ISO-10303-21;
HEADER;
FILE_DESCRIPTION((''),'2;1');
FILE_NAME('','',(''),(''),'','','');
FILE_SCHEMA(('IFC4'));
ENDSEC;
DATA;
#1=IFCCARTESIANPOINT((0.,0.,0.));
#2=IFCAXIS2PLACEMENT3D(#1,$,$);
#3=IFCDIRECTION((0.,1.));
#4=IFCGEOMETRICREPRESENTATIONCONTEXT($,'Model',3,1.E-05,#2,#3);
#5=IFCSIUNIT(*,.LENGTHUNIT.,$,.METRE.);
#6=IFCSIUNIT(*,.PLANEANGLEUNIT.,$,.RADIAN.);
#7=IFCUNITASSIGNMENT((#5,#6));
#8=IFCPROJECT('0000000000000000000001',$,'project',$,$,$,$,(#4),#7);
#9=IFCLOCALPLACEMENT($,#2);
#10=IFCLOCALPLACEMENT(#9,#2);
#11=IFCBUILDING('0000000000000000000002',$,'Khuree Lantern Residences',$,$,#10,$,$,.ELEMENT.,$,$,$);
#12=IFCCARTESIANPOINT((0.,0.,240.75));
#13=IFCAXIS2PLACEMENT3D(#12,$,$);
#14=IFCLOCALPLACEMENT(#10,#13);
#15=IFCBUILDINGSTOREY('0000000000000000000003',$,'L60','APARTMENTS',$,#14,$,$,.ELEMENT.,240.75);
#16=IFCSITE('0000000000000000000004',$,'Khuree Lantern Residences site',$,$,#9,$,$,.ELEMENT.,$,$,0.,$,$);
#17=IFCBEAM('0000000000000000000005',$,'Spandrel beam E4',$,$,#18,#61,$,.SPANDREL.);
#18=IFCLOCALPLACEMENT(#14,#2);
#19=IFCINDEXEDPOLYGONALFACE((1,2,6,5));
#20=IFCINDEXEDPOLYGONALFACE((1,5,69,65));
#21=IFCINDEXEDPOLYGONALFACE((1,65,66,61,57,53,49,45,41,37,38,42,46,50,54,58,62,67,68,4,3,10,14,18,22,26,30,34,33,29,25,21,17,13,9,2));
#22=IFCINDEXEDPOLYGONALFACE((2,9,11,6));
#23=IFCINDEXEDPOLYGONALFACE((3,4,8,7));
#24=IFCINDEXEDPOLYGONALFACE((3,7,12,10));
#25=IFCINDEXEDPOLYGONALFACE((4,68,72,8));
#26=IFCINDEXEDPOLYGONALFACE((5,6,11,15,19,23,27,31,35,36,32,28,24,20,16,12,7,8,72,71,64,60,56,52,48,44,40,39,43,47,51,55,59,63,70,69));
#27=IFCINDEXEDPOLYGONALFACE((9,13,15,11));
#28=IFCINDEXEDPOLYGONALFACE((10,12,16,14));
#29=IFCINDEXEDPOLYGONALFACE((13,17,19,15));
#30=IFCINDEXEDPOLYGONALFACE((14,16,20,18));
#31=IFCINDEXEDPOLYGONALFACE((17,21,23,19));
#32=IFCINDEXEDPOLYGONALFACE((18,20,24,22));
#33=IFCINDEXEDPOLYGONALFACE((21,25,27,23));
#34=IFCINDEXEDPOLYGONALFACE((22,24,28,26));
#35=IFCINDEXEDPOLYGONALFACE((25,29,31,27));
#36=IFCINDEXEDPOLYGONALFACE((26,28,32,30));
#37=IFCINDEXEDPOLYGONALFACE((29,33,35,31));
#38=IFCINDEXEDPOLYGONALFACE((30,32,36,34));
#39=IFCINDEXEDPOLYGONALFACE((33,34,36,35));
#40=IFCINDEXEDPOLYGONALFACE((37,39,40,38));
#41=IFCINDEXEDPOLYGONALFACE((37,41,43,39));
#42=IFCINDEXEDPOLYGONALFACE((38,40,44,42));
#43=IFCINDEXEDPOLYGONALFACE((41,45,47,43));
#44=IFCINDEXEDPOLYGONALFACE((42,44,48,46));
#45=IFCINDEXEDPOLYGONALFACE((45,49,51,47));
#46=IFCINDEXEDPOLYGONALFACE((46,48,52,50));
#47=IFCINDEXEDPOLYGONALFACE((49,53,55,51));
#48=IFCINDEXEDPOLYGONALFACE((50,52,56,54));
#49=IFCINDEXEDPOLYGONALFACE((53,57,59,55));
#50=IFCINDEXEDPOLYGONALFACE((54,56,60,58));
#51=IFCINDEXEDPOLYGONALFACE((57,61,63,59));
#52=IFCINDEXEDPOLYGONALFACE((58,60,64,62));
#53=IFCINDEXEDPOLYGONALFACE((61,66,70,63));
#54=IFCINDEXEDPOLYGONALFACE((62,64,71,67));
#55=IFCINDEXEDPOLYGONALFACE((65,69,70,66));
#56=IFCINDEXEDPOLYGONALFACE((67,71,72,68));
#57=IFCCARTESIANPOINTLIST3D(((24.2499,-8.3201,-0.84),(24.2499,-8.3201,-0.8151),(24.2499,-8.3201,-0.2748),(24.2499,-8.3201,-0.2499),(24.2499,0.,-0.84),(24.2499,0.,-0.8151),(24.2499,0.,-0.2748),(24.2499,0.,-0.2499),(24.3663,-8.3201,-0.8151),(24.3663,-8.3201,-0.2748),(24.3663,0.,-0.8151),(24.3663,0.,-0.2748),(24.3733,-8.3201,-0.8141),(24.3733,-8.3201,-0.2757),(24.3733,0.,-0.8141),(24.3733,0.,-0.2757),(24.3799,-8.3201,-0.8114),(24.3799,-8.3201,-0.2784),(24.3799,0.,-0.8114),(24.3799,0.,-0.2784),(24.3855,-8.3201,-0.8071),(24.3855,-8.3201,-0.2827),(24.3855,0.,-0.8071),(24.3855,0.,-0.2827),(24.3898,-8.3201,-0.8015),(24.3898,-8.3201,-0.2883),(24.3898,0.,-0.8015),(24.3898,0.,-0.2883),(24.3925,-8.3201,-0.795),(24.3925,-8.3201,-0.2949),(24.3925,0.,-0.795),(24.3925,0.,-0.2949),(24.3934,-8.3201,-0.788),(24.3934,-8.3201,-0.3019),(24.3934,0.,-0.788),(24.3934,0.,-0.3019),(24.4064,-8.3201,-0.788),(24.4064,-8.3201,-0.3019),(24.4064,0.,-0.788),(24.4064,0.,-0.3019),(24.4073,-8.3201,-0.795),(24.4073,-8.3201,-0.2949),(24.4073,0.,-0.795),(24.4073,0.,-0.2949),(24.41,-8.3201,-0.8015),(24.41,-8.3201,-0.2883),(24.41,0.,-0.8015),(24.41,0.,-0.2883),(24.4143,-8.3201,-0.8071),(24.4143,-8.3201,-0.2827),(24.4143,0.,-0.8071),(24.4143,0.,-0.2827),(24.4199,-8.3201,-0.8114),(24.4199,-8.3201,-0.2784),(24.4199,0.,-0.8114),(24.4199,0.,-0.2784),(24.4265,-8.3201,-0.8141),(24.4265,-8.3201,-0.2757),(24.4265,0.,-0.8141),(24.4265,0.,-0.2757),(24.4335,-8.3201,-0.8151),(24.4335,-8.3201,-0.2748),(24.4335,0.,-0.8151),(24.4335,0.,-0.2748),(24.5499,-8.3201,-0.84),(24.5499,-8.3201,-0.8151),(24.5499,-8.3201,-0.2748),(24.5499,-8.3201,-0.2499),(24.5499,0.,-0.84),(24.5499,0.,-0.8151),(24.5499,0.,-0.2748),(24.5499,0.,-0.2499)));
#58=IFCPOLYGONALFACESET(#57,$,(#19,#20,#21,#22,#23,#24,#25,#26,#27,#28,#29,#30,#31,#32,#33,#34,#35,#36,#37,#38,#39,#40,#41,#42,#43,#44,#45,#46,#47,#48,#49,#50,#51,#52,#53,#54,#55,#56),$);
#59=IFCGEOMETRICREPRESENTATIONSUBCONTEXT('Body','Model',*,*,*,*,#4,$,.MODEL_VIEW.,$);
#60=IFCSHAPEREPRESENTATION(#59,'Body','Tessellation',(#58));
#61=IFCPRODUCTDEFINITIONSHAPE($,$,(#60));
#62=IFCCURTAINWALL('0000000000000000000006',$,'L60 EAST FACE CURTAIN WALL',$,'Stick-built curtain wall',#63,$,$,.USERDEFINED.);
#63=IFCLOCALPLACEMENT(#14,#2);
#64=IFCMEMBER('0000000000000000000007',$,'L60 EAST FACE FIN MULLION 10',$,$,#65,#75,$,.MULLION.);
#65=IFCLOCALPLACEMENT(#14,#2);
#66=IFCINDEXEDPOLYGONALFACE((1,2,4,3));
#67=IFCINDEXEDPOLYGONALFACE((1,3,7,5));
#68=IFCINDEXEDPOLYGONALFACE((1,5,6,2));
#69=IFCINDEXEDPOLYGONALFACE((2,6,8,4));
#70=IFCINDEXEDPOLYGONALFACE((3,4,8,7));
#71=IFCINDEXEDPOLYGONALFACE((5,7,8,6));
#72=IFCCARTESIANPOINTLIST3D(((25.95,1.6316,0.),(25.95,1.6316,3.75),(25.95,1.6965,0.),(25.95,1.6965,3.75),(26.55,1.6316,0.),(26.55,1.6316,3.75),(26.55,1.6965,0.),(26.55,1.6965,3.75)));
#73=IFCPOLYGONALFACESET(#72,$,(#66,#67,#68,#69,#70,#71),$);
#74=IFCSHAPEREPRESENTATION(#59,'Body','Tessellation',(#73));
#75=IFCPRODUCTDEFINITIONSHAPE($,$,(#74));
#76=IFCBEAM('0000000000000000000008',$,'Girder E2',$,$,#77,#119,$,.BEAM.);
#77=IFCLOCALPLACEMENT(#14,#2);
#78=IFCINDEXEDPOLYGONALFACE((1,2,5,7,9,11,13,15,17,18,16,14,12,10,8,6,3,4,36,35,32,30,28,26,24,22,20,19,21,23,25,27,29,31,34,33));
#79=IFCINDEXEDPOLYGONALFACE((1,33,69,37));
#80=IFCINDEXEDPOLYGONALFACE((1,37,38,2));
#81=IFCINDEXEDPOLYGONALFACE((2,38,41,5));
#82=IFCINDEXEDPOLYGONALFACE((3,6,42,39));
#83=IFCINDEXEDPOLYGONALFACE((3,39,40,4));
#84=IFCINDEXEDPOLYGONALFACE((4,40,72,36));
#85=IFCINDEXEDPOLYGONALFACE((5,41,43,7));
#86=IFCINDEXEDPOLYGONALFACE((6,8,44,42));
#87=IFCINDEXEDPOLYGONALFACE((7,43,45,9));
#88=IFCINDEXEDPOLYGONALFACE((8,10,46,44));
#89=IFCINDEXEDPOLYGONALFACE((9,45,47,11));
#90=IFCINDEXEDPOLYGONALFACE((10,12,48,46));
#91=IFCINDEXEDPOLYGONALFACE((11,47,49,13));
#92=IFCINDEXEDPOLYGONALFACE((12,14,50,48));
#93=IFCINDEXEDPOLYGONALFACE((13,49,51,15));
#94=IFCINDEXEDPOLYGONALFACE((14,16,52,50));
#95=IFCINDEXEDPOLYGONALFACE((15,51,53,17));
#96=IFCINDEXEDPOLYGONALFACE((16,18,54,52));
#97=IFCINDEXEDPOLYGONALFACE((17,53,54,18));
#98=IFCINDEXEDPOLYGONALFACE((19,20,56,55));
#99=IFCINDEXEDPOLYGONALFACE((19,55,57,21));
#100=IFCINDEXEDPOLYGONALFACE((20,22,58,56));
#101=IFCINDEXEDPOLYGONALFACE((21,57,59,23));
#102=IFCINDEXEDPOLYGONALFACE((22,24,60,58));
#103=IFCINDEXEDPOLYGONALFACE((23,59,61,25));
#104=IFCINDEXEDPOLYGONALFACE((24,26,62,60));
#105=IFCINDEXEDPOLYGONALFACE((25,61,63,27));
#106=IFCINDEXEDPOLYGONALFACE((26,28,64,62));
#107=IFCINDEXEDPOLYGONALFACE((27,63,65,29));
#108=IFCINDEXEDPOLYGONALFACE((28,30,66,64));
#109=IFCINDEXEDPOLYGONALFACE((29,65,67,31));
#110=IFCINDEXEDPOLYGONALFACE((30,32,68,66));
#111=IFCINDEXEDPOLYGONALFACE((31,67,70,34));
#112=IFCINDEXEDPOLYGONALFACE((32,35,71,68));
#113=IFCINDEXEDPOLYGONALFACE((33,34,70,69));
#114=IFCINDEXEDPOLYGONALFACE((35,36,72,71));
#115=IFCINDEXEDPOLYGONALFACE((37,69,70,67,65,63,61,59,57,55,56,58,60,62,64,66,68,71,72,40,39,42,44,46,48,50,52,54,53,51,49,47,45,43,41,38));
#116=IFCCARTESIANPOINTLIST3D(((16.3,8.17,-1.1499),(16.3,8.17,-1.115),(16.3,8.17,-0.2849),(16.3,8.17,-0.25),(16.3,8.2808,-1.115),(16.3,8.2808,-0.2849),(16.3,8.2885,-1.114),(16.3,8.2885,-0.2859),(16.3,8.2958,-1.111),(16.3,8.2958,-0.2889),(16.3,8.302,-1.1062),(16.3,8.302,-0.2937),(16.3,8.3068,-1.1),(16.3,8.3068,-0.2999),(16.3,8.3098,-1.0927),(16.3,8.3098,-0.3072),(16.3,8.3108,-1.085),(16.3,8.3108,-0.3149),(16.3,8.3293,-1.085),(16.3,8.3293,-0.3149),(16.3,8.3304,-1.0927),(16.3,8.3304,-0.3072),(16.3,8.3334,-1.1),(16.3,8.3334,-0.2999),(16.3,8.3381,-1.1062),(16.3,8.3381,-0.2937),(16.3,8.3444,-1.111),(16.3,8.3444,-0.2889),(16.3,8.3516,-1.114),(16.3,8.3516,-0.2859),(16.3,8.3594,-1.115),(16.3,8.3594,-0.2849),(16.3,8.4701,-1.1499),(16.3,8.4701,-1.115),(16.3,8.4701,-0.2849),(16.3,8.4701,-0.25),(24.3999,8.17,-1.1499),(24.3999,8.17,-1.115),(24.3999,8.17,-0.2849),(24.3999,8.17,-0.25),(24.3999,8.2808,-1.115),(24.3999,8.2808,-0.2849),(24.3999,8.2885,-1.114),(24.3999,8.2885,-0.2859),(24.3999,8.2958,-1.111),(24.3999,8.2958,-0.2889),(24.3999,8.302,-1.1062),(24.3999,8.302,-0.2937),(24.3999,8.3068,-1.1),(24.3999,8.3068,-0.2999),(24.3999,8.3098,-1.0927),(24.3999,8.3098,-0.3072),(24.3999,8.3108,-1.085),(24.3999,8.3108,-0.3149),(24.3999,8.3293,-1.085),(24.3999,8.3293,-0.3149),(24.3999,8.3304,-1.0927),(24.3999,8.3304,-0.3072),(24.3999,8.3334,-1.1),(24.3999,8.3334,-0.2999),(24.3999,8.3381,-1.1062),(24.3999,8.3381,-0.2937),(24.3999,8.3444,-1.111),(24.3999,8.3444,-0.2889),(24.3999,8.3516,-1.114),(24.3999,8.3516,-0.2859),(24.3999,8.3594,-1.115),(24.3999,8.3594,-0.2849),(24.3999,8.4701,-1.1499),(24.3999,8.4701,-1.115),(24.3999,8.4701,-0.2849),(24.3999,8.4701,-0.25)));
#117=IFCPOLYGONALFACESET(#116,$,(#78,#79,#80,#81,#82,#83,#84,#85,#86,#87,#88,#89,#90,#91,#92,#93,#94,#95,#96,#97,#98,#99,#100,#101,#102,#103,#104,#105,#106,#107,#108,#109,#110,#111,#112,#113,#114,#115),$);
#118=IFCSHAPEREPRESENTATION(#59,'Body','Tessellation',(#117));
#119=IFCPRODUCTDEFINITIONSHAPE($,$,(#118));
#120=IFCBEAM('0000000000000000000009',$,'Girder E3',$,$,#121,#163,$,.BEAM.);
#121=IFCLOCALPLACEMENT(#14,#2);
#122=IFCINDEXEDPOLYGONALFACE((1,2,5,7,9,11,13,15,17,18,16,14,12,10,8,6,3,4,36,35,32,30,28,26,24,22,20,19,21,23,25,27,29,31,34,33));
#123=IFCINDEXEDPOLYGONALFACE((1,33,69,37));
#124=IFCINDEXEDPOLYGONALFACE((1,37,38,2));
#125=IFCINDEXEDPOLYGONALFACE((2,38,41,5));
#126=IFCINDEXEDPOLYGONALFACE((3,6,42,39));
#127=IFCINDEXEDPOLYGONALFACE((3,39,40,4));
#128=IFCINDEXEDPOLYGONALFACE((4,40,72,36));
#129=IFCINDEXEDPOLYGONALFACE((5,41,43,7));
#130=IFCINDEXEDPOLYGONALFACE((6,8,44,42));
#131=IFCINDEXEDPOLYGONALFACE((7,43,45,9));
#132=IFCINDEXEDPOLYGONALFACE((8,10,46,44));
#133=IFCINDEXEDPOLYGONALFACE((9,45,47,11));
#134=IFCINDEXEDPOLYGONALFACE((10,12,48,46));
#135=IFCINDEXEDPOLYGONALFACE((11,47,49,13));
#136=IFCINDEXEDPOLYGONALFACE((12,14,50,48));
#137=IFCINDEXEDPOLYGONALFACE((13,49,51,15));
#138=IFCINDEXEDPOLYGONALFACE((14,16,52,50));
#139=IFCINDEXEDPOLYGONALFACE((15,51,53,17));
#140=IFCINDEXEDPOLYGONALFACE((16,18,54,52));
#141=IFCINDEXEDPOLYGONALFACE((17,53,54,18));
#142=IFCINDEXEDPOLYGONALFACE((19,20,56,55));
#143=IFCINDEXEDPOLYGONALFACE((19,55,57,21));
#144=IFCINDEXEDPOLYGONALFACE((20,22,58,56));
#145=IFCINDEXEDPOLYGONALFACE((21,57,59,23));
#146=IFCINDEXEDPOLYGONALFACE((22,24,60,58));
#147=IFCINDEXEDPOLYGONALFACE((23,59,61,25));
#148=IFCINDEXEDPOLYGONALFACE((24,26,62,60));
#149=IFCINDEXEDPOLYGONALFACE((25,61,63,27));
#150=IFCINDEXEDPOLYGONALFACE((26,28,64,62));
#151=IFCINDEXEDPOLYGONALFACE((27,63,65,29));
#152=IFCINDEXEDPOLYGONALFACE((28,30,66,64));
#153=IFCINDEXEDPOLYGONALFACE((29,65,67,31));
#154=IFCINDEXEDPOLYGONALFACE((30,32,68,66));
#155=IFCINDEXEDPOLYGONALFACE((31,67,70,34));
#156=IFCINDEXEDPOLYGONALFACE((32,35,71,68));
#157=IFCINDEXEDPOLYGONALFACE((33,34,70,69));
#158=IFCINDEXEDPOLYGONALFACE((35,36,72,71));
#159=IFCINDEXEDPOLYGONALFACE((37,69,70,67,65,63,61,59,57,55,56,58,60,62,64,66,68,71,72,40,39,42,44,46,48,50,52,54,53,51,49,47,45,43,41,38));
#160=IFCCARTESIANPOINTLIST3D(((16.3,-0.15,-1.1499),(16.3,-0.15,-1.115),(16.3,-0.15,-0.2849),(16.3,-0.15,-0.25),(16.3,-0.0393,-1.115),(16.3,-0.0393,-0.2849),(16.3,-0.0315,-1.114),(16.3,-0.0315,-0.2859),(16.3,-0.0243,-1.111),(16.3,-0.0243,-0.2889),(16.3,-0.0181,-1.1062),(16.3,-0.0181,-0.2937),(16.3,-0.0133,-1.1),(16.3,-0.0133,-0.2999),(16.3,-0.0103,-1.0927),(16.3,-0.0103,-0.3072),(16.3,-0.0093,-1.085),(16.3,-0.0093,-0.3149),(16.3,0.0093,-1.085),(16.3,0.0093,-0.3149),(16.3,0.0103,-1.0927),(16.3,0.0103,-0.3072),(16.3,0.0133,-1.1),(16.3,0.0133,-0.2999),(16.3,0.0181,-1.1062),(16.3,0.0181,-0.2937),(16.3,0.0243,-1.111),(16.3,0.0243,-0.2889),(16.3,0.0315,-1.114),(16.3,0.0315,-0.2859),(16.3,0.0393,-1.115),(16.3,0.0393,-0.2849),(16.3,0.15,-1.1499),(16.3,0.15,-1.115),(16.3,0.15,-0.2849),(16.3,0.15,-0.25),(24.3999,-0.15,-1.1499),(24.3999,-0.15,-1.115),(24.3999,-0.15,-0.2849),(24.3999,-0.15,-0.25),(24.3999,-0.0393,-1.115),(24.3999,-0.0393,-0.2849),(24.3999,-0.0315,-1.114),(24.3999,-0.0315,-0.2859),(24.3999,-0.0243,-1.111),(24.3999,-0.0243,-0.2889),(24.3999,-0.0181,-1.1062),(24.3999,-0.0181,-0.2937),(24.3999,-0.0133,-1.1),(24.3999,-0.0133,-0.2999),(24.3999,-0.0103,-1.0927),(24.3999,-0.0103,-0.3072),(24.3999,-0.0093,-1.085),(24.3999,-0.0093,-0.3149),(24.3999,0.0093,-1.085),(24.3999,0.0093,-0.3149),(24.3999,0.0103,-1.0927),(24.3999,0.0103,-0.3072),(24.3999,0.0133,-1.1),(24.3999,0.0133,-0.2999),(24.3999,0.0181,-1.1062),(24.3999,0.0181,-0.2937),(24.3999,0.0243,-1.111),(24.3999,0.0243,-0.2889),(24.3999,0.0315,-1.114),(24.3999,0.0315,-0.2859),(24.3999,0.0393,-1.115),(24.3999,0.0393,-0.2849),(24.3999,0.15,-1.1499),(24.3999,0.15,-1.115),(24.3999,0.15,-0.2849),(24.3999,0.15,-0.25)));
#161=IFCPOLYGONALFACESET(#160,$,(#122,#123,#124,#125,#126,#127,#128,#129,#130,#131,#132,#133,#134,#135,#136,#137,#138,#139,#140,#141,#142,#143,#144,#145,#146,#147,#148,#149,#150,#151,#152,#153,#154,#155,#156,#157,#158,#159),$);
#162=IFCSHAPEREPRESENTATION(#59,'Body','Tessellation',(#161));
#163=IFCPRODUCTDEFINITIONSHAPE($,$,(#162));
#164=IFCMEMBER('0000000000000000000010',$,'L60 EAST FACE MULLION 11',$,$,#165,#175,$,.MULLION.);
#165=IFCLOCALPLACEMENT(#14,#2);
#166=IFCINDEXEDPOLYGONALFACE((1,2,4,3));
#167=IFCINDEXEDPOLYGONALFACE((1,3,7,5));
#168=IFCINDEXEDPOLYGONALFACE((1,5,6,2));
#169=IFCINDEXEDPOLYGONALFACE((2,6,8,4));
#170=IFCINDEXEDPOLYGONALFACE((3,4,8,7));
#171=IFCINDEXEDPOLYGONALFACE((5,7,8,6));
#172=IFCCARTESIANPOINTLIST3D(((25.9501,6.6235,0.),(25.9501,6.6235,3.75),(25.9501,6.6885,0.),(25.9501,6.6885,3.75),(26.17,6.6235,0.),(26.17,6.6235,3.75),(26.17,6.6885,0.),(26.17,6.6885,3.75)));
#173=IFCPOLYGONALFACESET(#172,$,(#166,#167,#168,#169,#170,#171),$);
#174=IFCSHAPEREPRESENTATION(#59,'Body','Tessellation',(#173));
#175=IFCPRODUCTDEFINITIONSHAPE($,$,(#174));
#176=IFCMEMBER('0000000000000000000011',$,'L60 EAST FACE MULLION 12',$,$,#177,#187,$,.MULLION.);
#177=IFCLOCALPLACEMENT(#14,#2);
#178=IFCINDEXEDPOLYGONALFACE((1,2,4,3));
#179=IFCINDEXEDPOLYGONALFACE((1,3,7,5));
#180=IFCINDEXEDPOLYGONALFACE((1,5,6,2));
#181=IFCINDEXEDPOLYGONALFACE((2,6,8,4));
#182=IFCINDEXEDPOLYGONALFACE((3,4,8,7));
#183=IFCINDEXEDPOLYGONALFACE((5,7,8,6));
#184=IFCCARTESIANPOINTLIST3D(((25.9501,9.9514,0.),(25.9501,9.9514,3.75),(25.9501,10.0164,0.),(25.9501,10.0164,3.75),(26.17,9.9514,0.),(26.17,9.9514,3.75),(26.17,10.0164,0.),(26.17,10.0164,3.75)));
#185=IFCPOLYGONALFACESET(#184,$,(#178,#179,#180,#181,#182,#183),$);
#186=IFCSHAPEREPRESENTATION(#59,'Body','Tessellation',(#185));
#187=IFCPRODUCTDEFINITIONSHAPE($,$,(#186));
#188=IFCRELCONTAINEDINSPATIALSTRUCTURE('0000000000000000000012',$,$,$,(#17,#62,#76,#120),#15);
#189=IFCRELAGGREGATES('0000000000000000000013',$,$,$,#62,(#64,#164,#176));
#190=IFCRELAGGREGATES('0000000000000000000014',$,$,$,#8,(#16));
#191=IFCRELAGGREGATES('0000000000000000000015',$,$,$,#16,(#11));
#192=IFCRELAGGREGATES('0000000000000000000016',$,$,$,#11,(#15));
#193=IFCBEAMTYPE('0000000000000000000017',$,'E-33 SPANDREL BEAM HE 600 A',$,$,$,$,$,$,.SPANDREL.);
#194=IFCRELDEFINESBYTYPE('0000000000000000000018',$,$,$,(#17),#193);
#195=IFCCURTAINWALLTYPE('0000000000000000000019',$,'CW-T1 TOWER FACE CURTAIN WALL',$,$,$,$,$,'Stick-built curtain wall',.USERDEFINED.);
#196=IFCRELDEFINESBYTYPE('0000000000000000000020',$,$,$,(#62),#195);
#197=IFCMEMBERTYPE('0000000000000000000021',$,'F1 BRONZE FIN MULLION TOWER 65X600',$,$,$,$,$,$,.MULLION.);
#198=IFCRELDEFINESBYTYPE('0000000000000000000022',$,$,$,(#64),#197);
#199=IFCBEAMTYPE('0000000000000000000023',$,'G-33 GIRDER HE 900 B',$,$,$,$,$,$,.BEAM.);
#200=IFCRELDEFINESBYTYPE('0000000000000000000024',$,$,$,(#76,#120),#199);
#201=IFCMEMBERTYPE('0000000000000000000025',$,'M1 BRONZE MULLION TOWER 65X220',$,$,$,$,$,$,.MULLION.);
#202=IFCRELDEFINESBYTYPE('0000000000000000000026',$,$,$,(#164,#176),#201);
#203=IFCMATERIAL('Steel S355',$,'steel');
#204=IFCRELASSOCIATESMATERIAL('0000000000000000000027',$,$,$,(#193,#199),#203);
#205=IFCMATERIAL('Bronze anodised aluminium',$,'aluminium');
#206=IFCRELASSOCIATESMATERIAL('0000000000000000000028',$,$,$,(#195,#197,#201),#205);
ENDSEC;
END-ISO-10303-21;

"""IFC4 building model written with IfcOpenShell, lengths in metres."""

from ifc_helpers import new_model, si_unit, direction, frame, origin, origin_2d, place, context, subcontext, project, spatial, rectangle, i_section, extrude, material, material_profile, profile_set, type_object, element, aggregate, save


model = new_model("IFC4")

# Units and contexts
model_context = context("Model", 3, precision=1e-05, world=origin(), true_north=direction((0.0, 1.0)))
body_context = subcontext(model_context, "Body", "Model", "MODEL_VIEW")
ifc_project = project(units=[si_unit("LENGTHUNIT", "METRE"), si_unit("PLANEANGLEUNIT", "RADIAN")], contexts=[model_context])

# Site, building, storey
site_placement = place(None, origin())
site = spatial("IfcSite", under=ifc_project, at=site_placement, Name="Khuree Lantern Residences site", CompositionType="ELEMENT", RefElevation=0.0)
building_placement = place(site_placement, origin())
building = spatial("IfcBuilding", under=site, at=building_placement, Name="Khuree Lantern Residences", CompositionType="ELEMENT")
storey_placement = place(building_placement, frame((0.0, 0.0, 240.75)))
storey = spatial("IfcBuildingStorey", under=building, at=storey_placement, Name="L60", Description="APARTMENTS", CompositionType="ELEMENT", Elevation=240.75)

# Beam
ifc_material_1 = material(Name="Steel S355", Category="steel")
ifc_material_profile_1 = material_profile(ifc_material_1, i_section(OverallWidth=0.3, OverallDepth=0.5901, WebThickness=0.0129, FlangeThickness=0.0249, FilletRadius=0.0271, at=origin_2d()), Name="HE 600 A")
ifc_profile_set_1 = profile_set([ifc_material_profile_1], Name="Steel S355")
beam_type_1 = type_object("IfcBeamType", Name="E-33 SPANDREL BEAM HE 600 A", PredefinedType="SPANDREL", material=ifc_profile_set_1)
for number, where, z_axis, x_axis, name in (
    (1, (24.3999, 0.0, -0.5449), (0.0, -1.0, 0.0), (1.0, 0.0, 0.0), "Spandrel beam E4"),
):
    element("IfcBeam", number, at=place(storey_placement, frame(where, z_axis=z_axis, x_axis=x_axis)), inside=storey, type_object=beam_type_1, Name=name, PredefinedType="SPANDREL", context=body_context, shape_type="SweptSolid", body=[
        extrude(i_section(OverallWidth=0.3, OverallDepth=0.5901, WebThickness=0.0129, FlangeThickness=0.0249, FilletRadius=0.0271, at=origin_2d()), origin(), (0.0, 0.0, 1.0), 8.3201),
    ])

# Curtain wall, member
ifc_material_2 = material(Name="Bronze anodised aluminium", Category="aluminium")
curtain_wall_type = type_object("IfcCurtainWallType", Name="CW-T1 TOWER FACE CURTAIN WALL", ElementType="Stick-built curtain wall", PredefinedType="USERDEFINED", material=ifc_material_2)
curtain_wall_placement = place(storey_placement, origin())
curtain_wall = element("IfcCurtainWall", 2, at=curtain_wall_placement, inside=storey, type_object=curtain_wall_type, Name="L60 EAST FACE CURTAIN WALL", ObjectType="Stick-built curtain wall", PredefinedType="USERDEFINED")
ifc_material_profile_2 = material_profile(ifc_material_2, rectangle(XDim=0.0649, YDim=0.6001, at=origin_2d()), Name="F1 65X600")
ifc_profile_set_2 = profile_set([ifc_material_profile_2], Name="Bronze anodised aluminium")
member_type_1 = type_object("IfcMemberType", Name="F1 BRONZE FIN MULLION TOWER 65X600", PredefinedType="MULLION", material=ifc_profile_set_2)
member_1_placement = place(storey_placement, frame((26.25, 1.6641, 0.0), z_axis=(0.0, 0.0, 1.0), x_axis=(0.0, 1.0, 0.0)))
member_1 = element("IfcMember", 3, at=member_1_placement, type_object=member_type_1, Name="L60 EAST FACE FIN MULLION 10", PredefinedType="MULLION", context=body_context, shape_type="SweptSolid", body=[
    extrude(rectangle(XDim=0.0649, YDim=0.6001, at=origin_2d()), origin(), (0.0, 0.0, 1.0), 3.75),
])

# Beams
ifc_material_profile_3 = material_profile(ifc_material_1, i_section(OverallWidth=0.3, OverallDepth=0.8999, WebThickness=0.0186, FlangeThickness=0.0349, FilletRadius=0.03, at=origin_2d()), Name="HE 900 B")
ifc_profile_set_3 = profile_set([ifc_material_profile_3], Name="Steel S355")
beam_type_2 = type_object("IfcBeamType", Name="G-33 GIRDER HE 900 B", PredefinedType="BEAM", material=ifc_profile_set_3)
for number, where, z_axis, x_axis, name in (
    (4, (24.3999, 8.3201, -0.7), (-1.0, 0.0, 0.0), (0.0, -1.0, 0.0), "Girder E2"),
    (5, (24.3999, 0.0, -0.7), (-1.0, 0.0, 0.0), (0.0, -1.0, 0.0), "Girder E3"),
):
    element("IfcBeam", number, at=place(storey_placement, frame(where, z_axis=z_axis, x_axis=x_axis)), inside=storey, type_object=beam_type_2, Name=name, PredefinedType="BEAM", context=body_context, shape_type="SweptSolid", body=[
        extrude(i_section(OverallWidth=0.3, OverallDepth=0.8999, WebThickness=0.0186, FlangeThickness=0.0349, FilletRadius=0.03, at=origin_2d()), origin(), (0.0, 0.0, 1.0), 8.0999),
    ])

# Members
ifc_material_profile_4 = material_profile(ifc_material_2, rectangle(XDim=0.0649, YDim=0.22, at=origin_2d()), Name="M1 65X220")
ifc_profile_set_4 = profile_set([ifc_material_profile_4], Name="Bronze anodised aluminium")
member_type_2 = type_object("IfcMemberType", Name="M1 BRONZE MULLION TOWER 65X220", PredefinedType="MULLION", material=ifc_profile_set_4)
member_2_placement = place(storey_placement, frame((26.0601, 6.656, 0.0), z_axis=(0.0, 0.0, 1.0), x_axis=(0.0, 1.0, 0.0)))
member_2 = element("IfcMember", 6, at=member_2_placement, type_object=member_type_2, Name="L60 EAST FACE MULLION 11", PredefinedType="MULLION", context=body_context, shape_type="SweptSolid", body=[
    extrude(rectangle(XDim=0.0649, YDim=0.22, at=origin_2d()), origin(), (0.0, 0.0, 1.0), 3.75),
])
member_3_placement = place(storey_placement, frame((26.0601, 9.9839, 0.0), z_axis=(0.0, 0.0, 1.0), x_axis=(0.0, 1.0, 0.0)))
member_3 = element("IfcMember", 7, at=member_3_placement, type_object=member_type_2, Name="L60 EAST FACE MULLION 12", PredefinedType="MULLION", context=body_context, shape_type="SweptSolid", body=[
    extrude(rectangle(XDim=0.0649, YDim=0.22, at=origin_2d()), origin(), (0.0, 0.0, 1.0), 3.75),
])

aggregate(curtain_wall, [member_1, member_2, member_3])

save(model, "model.ifc")
